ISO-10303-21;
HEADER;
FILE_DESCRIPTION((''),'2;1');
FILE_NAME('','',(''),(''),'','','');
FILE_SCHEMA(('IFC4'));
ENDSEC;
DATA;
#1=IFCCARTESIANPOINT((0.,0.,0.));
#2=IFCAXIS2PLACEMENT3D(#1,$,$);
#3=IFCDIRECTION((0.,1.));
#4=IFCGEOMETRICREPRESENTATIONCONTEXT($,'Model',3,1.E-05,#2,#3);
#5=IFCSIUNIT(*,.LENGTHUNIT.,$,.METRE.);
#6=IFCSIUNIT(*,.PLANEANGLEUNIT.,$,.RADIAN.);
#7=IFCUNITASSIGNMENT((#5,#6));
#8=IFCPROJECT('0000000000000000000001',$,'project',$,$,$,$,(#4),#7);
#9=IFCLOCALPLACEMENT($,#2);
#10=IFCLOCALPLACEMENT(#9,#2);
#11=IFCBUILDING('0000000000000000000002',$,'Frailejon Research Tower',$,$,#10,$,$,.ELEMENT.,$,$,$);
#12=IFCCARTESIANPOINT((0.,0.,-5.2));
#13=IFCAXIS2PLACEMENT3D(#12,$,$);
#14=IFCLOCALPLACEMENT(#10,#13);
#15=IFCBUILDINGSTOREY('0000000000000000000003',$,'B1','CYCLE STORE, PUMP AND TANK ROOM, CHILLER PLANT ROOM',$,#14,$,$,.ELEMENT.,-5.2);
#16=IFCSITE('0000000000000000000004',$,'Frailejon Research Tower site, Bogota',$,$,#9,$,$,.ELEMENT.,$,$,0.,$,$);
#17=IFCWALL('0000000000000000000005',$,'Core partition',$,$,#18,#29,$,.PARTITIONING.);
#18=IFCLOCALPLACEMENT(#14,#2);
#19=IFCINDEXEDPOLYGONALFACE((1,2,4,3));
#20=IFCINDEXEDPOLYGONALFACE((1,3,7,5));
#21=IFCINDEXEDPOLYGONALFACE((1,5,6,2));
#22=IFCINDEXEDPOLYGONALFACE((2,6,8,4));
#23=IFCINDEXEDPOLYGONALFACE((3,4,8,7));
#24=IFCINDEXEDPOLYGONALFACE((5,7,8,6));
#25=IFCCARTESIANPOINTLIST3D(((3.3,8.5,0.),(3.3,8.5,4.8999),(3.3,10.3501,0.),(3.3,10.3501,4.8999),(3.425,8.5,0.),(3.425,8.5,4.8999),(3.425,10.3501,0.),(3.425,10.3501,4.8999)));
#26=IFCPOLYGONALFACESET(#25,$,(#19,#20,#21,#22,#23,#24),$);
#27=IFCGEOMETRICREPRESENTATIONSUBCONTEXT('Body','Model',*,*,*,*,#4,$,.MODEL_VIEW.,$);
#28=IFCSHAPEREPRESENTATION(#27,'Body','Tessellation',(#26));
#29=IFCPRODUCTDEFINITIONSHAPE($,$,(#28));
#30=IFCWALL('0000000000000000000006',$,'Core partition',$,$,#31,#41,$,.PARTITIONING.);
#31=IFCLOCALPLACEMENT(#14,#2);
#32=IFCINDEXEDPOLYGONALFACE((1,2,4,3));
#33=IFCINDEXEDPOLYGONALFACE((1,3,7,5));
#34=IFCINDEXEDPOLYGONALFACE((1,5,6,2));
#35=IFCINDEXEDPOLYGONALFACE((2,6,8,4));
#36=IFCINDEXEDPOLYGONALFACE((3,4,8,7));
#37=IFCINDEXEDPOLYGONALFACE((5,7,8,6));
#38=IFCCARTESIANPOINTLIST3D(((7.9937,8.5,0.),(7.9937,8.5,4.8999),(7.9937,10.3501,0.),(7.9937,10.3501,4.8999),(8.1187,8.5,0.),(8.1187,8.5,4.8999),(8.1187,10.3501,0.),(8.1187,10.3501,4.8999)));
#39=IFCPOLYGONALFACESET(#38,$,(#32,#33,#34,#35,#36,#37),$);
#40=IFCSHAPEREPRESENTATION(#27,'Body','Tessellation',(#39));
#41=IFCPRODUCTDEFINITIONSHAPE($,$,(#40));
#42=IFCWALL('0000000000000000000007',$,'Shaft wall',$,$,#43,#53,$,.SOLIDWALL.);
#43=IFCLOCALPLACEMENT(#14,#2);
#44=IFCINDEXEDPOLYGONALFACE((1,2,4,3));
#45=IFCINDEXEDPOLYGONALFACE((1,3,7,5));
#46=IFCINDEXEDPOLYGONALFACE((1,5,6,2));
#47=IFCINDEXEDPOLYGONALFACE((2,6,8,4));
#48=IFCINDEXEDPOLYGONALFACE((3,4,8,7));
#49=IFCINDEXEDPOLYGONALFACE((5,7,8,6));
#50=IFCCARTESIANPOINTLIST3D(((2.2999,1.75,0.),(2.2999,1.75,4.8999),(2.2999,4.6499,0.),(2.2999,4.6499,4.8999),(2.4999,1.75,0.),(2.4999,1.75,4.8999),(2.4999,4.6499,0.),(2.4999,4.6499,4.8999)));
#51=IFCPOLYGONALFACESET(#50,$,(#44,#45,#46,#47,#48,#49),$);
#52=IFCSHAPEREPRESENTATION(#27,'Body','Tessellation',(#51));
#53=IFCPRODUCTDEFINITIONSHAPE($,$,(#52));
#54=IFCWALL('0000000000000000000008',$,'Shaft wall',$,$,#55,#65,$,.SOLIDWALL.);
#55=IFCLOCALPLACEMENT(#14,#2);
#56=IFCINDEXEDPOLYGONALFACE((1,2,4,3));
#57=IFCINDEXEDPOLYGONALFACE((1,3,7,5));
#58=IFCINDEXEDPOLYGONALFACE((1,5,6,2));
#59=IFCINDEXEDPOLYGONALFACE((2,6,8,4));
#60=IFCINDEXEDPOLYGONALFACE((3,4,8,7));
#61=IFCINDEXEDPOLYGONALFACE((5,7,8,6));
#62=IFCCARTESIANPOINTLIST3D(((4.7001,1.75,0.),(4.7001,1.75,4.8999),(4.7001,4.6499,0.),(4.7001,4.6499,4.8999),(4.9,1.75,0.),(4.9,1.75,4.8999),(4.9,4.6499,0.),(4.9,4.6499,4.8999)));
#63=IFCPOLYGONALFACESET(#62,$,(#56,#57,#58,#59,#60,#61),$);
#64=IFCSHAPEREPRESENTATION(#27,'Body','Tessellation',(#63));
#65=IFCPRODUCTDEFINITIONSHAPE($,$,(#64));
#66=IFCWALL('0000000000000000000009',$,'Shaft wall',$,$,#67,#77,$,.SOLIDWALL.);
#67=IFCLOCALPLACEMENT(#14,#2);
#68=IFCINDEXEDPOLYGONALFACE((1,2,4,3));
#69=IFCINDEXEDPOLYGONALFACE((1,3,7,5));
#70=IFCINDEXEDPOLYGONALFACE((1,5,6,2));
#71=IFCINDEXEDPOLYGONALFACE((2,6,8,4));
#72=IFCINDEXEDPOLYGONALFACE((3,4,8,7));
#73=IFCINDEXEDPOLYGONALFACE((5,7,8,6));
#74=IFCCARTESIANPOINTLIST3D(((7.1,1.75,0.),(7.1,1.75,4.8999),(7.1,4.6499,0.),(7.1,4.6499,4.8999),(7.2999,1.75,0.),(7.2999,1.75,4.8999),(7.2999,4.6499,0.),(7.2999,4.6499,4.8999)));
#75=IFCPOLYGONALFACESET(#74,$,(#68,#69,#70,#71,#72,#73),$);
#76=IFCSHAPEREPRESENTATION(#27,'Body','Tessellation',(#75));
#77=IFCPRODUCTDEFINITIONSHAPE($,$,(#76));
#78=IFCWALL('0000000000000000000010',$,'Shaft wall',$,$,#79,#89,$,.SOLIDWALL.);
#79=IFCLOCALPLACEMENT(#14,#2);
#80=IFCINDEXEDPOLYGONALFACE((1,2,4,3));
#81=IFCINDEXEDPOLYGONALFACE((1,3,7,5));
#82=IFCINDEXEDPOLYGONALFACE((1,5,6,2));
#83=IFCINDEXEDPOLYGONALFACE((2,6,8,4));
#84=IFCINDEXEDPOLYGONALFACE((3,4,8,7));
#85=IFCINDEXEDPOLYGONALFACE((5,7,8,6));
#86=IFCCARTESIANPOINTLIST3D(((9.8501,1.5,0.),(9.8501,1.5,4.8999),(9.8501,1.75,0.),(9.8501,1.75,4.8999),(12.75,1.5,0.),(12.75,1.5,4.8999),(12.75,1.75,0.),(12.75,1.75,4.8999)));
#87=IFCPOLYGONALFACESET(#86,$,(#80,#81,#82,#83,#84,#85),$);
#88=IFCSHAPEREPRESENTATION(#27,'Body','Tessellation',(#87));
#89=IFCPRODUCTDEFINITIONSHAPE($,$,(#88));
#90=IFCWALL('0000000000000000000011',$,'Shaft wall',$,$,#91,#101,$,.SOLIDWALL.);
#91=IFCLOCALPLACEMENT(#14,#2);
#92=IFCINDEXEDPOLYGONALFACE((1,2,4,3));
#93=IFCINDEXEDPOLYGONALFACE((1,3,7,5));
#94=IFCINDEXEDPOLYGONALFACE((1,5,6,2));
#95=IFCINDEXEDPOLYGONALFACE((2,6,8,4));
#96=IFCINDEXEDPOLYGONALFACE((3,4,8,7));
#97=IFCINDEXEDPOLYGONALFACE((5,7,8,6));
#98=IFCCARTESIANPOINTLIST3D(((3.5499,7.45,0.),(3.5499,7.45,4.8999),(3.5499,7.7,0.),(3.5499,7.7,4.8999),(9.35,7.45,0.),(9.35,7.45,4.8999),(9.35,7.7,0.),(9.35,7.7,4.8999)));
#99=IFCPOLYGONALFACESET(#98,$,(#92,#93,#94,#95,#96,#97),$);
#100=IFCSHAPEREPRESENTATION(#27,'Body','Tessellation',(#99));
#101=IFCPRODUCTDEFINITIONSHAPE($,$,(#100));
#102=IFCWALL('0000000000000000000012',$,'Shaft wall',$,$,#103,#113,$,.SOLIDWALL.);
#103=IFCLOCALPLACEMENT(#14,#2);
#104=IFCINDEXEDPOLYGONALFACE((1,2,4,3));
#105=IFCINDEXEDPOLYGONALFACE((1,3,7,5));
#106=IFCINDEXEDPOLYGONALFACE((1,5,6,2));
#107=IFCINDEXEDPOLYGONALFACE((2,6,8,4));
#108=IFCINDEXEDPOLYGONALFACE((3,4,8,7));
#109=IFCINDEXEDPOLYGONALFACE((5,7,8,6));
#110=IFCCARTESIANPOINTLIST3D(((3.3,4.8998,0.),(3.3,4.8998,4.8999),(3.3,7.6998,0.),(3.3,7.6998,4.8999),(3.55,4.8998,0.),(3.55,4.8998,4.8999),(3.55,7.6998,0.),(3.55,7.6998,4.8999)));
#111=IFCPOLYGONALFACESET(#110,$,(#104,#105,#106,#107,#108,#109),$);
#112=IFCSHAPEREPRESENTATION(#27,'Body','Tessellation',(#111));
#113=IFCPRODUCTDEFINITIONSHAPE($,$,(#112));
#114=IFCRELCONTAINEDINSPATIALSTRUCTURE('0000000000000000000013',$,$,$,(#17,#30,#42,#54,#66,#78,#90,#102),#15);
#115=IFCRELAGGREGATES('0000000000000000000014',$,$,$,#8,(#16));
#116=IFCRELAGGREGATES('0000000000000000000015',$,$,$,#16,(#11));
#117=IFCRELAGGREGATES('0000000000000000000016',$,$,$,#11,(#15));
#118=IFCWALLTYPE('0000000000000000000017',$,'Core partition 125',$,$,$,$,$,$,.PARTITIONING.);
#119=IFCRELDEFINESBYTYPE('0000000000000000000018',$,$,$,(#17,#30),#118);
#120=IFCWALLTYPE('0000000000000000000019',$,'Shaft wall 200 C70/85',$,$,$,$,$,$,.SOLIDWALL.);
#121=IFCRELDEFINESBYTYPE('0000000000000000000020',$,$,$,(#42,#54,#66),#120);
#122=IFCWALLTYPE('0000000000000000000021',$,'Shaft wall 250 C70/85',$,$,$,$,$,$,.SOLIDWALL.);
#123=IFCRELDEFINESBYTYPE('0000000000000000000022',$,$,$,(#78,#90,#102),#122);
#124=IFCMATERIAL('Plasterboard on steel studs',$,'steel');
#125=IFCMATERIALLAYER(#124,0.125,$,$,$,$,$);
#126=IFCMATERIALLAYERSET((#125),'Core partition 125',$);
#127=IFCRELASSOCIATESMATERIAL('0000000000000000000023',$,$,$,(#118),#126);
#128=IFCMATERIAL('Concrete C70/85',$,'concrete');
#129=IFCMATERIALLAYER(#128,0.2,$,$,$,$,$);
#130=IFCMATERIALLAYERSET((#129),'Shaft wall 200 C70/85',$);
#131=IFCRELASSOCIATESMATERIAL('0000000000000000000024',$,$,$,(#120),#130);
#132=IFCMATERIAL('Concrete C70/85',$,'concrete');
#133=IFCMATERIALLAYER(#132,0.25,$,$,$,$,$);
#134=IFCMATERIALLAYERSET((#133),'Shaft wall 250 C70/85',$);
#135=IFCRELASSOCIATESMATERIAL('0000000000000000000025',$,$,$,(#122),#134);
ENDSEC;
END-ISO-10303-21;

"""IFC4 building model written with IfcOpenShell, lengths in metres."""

from ifc_helpers import new_model, si_unit, direction, frame, frame_2d, origin, place, context, subcontext, project, spatial, rectangle, extrude, material, layer, layer_set, type_object, element, save


model = new_model("IFC4")

# Units and contexts
model_context = context("Model", 3, precision=1e-05, world=origin(), true_north=direction((0.0, 1.0)))
body_context = subcontext(model_context, "Body", "Model", "MODEL_VIEW")
ifc_project = project(units=[si_unit("LENGTHUNIT", "METRE"), si_unit("PLANEANGLEUNIT", "RADIAN")], contexts=[model_context])

# Site, building, storey
site_placement = place(None, origin())
site = spatial("IfcSite", under=ifc_project, at=site_placement, Name="Frailejon Research Tower site, Bogota", CompositionType="ELEMENT", RefElevation=0.0)
building_placement = place(site_placement, origin())
building = spatial("IfcBuilding", under=site, at=building_placement, Name="Frailejon Research Tower", CompositionType="ELEMENT")
storey_placement = place(building_placement, frame((0.0, 0.0, -5.2)))
storey = spatial("IfcBuildingStorey", under=building, at=storey_placement, Name="B1", Description="CYCLE STORE, PUMP AND TANK ROOM, CHILLER PLANT ROOM", CompositionType="ELEMENT", Elevation=-5.2)

# Walls
ifc_material_1 = material(Name="Plasterboard on steel studs", Category="steel")
ifc_layer_1 = layer(ifc_material_1, 0.125)
ifc_layer_set_1 = layer_set([ifc_layer_1], Name="Core partition 125")
wall_type_1 = type_object("IfcWallType", Name="Core partition 125", PredefinedType="PARTITIONING", material=ifc_layer_set_1)
for number, where, z_axis, x_axis, name in (
    (1, (3.3625, 8.5, 0.0), (0.0, 0.0, 1.0), (0.0, 1.0, 0.0), "Core partition"),
    (2, (8.0562, 8.5, 0.0), (0.0, 0.0, 1.0), (0.0, 1.0, 0.0), "Core partition"),
):
    element("IfcWall", number, at=place(storey_placement, frame(where, z_axis=z_axis, x_axis=x_axis)), inside=storey, type_object=wall_type_1, Name=name, PredefinedType="PARTITIONING", context=body_context, shape_type="SweptSolid", body=[
        extrude(rectangle(XDim=1.8501, YDim=0.125, at=frame_2d((0.925, 0.0))), origin(), (0.0, 0.0, 1.0), 4.8999),
    ])
ifc_material_2 = material(Name="Concrete C70/85", Category="concrete")
ifc_layer_2 = layer(ifc_material_2, 0.2)
ifc_layer_set_2 = layer_set([ifc_layer_2], Name="Shaft wall 200 C70/85")
wall_type_2 = type_object("IfcWallType", Name="Shaft wall 200 C70/85", PredefinedType="SOLIDWALL", material=ifc_layer_set_2)
for number, where, z_axis, x_axis, name in (
    (3, (2.3999, 1.75, 0.0), (0.0, 0.0, 1.0), (0.0, 1.0, 0.0), "Shaft wall"),
    (4, (4.8, 1.75, 0.0), (0.0, 0.0, 1.0), (0.0, 1.0, 0.0), "Shaft wall"),
    (5, (7.2, 1.75, 0.0), (0.0, 0.0, 1.0), (0.0, 1.0, 0.0), "Shaft wall"),
):
    element("IfcWall", number, at=place(storey_placement, frame(where, z_axis=z_axis, x_axis=x_axis)), inside=storey, type_object=wall_type_2, Name=name, PredefinedType="SOLIDWALL", context=body_context, shape_type="SweptSolid", body=[
        extrude(rectangle(XDim=2.8999, YDim=0.2, at=frame_2d((1.45, 0.0))), origin(), (0.0, 0.0, 1.0), 4.8999),
    ])
ifc_material_3 = material(Name="Concrete C70/85", Category="concrete")
ifc_layer_3 = layer(ifc_material_3, 0.25)
ifc_layer_set_3 = layer_set([ifc_layer_3], Name="Shaft wall 250 C70/85")
wall_type_3 = type_object("IfcWallType", Name="Shaft wall 250 C70/85", PredefinedType="SOLIDWALL", material=ifc_layer_set_3)
wall_1_placement = place(storey_placement, frame((9.8501, 1.625, 0.0), z_axis=(0.0, 0.0, 1.0), x_axis=(1.0, 0.0, 0.0)))
element("IfcWall", 6, at=wall_1_placement, inside=storey, type_object=wall_type_3, Name="Shaft wall", PredefinedType="SOLIDWALL", context=body_context, shape_type="SweptSolid", body=[
    extrude(rectangle(XDim=2.8999, YDim=0.25, at=frame_2d((1.45, 0.0))), origin(), (0.0, 0.0, 1.0), 4.8999),
])
wall_2_placement = place(storey_placement, frame((3.55, 7.575, 0.0), z_axis=(0.0, 0.0, 1.0), x_axis=(1.0, 0.0, 0.0)))
element("IfcWall", 7, at=wall_2_placement, inside=storey, type_object=wall_type_3, Name="Shaft wall", PredefinedType="SOLIDWALL", context=body_context, shape_type="SweptSolid", body=[
    extrude(rectangle(XDim=5.8, YDim=0.25, at=frame_2d((2.8999, 0.0))), origin(), (0.0, 0.0, 1.0), 4.8999),
])
wall_3_placement = place(storey_placement, frame((3.425, 4.8999, 0.0), z_axis=(0.0, 0.0, 1.0), x_axis=(0.0, 1.0, 0.0)))
element("IfcWall", 8, at=wall_3_placement, inside=storey, type_object=wall_type_3, Name="Shaft wall", PredefinedType="SOLIDWALL", context=body_context, shape_type="SweptSolid", body=[
    extrude(rectangle(XDim=2.8, YDim=0.25, at=frame_2d((1.3999, 0.0))), origin(), (0.0, 0.0, 1.0), 4.8999),
])

save(model, "model.ifc")
